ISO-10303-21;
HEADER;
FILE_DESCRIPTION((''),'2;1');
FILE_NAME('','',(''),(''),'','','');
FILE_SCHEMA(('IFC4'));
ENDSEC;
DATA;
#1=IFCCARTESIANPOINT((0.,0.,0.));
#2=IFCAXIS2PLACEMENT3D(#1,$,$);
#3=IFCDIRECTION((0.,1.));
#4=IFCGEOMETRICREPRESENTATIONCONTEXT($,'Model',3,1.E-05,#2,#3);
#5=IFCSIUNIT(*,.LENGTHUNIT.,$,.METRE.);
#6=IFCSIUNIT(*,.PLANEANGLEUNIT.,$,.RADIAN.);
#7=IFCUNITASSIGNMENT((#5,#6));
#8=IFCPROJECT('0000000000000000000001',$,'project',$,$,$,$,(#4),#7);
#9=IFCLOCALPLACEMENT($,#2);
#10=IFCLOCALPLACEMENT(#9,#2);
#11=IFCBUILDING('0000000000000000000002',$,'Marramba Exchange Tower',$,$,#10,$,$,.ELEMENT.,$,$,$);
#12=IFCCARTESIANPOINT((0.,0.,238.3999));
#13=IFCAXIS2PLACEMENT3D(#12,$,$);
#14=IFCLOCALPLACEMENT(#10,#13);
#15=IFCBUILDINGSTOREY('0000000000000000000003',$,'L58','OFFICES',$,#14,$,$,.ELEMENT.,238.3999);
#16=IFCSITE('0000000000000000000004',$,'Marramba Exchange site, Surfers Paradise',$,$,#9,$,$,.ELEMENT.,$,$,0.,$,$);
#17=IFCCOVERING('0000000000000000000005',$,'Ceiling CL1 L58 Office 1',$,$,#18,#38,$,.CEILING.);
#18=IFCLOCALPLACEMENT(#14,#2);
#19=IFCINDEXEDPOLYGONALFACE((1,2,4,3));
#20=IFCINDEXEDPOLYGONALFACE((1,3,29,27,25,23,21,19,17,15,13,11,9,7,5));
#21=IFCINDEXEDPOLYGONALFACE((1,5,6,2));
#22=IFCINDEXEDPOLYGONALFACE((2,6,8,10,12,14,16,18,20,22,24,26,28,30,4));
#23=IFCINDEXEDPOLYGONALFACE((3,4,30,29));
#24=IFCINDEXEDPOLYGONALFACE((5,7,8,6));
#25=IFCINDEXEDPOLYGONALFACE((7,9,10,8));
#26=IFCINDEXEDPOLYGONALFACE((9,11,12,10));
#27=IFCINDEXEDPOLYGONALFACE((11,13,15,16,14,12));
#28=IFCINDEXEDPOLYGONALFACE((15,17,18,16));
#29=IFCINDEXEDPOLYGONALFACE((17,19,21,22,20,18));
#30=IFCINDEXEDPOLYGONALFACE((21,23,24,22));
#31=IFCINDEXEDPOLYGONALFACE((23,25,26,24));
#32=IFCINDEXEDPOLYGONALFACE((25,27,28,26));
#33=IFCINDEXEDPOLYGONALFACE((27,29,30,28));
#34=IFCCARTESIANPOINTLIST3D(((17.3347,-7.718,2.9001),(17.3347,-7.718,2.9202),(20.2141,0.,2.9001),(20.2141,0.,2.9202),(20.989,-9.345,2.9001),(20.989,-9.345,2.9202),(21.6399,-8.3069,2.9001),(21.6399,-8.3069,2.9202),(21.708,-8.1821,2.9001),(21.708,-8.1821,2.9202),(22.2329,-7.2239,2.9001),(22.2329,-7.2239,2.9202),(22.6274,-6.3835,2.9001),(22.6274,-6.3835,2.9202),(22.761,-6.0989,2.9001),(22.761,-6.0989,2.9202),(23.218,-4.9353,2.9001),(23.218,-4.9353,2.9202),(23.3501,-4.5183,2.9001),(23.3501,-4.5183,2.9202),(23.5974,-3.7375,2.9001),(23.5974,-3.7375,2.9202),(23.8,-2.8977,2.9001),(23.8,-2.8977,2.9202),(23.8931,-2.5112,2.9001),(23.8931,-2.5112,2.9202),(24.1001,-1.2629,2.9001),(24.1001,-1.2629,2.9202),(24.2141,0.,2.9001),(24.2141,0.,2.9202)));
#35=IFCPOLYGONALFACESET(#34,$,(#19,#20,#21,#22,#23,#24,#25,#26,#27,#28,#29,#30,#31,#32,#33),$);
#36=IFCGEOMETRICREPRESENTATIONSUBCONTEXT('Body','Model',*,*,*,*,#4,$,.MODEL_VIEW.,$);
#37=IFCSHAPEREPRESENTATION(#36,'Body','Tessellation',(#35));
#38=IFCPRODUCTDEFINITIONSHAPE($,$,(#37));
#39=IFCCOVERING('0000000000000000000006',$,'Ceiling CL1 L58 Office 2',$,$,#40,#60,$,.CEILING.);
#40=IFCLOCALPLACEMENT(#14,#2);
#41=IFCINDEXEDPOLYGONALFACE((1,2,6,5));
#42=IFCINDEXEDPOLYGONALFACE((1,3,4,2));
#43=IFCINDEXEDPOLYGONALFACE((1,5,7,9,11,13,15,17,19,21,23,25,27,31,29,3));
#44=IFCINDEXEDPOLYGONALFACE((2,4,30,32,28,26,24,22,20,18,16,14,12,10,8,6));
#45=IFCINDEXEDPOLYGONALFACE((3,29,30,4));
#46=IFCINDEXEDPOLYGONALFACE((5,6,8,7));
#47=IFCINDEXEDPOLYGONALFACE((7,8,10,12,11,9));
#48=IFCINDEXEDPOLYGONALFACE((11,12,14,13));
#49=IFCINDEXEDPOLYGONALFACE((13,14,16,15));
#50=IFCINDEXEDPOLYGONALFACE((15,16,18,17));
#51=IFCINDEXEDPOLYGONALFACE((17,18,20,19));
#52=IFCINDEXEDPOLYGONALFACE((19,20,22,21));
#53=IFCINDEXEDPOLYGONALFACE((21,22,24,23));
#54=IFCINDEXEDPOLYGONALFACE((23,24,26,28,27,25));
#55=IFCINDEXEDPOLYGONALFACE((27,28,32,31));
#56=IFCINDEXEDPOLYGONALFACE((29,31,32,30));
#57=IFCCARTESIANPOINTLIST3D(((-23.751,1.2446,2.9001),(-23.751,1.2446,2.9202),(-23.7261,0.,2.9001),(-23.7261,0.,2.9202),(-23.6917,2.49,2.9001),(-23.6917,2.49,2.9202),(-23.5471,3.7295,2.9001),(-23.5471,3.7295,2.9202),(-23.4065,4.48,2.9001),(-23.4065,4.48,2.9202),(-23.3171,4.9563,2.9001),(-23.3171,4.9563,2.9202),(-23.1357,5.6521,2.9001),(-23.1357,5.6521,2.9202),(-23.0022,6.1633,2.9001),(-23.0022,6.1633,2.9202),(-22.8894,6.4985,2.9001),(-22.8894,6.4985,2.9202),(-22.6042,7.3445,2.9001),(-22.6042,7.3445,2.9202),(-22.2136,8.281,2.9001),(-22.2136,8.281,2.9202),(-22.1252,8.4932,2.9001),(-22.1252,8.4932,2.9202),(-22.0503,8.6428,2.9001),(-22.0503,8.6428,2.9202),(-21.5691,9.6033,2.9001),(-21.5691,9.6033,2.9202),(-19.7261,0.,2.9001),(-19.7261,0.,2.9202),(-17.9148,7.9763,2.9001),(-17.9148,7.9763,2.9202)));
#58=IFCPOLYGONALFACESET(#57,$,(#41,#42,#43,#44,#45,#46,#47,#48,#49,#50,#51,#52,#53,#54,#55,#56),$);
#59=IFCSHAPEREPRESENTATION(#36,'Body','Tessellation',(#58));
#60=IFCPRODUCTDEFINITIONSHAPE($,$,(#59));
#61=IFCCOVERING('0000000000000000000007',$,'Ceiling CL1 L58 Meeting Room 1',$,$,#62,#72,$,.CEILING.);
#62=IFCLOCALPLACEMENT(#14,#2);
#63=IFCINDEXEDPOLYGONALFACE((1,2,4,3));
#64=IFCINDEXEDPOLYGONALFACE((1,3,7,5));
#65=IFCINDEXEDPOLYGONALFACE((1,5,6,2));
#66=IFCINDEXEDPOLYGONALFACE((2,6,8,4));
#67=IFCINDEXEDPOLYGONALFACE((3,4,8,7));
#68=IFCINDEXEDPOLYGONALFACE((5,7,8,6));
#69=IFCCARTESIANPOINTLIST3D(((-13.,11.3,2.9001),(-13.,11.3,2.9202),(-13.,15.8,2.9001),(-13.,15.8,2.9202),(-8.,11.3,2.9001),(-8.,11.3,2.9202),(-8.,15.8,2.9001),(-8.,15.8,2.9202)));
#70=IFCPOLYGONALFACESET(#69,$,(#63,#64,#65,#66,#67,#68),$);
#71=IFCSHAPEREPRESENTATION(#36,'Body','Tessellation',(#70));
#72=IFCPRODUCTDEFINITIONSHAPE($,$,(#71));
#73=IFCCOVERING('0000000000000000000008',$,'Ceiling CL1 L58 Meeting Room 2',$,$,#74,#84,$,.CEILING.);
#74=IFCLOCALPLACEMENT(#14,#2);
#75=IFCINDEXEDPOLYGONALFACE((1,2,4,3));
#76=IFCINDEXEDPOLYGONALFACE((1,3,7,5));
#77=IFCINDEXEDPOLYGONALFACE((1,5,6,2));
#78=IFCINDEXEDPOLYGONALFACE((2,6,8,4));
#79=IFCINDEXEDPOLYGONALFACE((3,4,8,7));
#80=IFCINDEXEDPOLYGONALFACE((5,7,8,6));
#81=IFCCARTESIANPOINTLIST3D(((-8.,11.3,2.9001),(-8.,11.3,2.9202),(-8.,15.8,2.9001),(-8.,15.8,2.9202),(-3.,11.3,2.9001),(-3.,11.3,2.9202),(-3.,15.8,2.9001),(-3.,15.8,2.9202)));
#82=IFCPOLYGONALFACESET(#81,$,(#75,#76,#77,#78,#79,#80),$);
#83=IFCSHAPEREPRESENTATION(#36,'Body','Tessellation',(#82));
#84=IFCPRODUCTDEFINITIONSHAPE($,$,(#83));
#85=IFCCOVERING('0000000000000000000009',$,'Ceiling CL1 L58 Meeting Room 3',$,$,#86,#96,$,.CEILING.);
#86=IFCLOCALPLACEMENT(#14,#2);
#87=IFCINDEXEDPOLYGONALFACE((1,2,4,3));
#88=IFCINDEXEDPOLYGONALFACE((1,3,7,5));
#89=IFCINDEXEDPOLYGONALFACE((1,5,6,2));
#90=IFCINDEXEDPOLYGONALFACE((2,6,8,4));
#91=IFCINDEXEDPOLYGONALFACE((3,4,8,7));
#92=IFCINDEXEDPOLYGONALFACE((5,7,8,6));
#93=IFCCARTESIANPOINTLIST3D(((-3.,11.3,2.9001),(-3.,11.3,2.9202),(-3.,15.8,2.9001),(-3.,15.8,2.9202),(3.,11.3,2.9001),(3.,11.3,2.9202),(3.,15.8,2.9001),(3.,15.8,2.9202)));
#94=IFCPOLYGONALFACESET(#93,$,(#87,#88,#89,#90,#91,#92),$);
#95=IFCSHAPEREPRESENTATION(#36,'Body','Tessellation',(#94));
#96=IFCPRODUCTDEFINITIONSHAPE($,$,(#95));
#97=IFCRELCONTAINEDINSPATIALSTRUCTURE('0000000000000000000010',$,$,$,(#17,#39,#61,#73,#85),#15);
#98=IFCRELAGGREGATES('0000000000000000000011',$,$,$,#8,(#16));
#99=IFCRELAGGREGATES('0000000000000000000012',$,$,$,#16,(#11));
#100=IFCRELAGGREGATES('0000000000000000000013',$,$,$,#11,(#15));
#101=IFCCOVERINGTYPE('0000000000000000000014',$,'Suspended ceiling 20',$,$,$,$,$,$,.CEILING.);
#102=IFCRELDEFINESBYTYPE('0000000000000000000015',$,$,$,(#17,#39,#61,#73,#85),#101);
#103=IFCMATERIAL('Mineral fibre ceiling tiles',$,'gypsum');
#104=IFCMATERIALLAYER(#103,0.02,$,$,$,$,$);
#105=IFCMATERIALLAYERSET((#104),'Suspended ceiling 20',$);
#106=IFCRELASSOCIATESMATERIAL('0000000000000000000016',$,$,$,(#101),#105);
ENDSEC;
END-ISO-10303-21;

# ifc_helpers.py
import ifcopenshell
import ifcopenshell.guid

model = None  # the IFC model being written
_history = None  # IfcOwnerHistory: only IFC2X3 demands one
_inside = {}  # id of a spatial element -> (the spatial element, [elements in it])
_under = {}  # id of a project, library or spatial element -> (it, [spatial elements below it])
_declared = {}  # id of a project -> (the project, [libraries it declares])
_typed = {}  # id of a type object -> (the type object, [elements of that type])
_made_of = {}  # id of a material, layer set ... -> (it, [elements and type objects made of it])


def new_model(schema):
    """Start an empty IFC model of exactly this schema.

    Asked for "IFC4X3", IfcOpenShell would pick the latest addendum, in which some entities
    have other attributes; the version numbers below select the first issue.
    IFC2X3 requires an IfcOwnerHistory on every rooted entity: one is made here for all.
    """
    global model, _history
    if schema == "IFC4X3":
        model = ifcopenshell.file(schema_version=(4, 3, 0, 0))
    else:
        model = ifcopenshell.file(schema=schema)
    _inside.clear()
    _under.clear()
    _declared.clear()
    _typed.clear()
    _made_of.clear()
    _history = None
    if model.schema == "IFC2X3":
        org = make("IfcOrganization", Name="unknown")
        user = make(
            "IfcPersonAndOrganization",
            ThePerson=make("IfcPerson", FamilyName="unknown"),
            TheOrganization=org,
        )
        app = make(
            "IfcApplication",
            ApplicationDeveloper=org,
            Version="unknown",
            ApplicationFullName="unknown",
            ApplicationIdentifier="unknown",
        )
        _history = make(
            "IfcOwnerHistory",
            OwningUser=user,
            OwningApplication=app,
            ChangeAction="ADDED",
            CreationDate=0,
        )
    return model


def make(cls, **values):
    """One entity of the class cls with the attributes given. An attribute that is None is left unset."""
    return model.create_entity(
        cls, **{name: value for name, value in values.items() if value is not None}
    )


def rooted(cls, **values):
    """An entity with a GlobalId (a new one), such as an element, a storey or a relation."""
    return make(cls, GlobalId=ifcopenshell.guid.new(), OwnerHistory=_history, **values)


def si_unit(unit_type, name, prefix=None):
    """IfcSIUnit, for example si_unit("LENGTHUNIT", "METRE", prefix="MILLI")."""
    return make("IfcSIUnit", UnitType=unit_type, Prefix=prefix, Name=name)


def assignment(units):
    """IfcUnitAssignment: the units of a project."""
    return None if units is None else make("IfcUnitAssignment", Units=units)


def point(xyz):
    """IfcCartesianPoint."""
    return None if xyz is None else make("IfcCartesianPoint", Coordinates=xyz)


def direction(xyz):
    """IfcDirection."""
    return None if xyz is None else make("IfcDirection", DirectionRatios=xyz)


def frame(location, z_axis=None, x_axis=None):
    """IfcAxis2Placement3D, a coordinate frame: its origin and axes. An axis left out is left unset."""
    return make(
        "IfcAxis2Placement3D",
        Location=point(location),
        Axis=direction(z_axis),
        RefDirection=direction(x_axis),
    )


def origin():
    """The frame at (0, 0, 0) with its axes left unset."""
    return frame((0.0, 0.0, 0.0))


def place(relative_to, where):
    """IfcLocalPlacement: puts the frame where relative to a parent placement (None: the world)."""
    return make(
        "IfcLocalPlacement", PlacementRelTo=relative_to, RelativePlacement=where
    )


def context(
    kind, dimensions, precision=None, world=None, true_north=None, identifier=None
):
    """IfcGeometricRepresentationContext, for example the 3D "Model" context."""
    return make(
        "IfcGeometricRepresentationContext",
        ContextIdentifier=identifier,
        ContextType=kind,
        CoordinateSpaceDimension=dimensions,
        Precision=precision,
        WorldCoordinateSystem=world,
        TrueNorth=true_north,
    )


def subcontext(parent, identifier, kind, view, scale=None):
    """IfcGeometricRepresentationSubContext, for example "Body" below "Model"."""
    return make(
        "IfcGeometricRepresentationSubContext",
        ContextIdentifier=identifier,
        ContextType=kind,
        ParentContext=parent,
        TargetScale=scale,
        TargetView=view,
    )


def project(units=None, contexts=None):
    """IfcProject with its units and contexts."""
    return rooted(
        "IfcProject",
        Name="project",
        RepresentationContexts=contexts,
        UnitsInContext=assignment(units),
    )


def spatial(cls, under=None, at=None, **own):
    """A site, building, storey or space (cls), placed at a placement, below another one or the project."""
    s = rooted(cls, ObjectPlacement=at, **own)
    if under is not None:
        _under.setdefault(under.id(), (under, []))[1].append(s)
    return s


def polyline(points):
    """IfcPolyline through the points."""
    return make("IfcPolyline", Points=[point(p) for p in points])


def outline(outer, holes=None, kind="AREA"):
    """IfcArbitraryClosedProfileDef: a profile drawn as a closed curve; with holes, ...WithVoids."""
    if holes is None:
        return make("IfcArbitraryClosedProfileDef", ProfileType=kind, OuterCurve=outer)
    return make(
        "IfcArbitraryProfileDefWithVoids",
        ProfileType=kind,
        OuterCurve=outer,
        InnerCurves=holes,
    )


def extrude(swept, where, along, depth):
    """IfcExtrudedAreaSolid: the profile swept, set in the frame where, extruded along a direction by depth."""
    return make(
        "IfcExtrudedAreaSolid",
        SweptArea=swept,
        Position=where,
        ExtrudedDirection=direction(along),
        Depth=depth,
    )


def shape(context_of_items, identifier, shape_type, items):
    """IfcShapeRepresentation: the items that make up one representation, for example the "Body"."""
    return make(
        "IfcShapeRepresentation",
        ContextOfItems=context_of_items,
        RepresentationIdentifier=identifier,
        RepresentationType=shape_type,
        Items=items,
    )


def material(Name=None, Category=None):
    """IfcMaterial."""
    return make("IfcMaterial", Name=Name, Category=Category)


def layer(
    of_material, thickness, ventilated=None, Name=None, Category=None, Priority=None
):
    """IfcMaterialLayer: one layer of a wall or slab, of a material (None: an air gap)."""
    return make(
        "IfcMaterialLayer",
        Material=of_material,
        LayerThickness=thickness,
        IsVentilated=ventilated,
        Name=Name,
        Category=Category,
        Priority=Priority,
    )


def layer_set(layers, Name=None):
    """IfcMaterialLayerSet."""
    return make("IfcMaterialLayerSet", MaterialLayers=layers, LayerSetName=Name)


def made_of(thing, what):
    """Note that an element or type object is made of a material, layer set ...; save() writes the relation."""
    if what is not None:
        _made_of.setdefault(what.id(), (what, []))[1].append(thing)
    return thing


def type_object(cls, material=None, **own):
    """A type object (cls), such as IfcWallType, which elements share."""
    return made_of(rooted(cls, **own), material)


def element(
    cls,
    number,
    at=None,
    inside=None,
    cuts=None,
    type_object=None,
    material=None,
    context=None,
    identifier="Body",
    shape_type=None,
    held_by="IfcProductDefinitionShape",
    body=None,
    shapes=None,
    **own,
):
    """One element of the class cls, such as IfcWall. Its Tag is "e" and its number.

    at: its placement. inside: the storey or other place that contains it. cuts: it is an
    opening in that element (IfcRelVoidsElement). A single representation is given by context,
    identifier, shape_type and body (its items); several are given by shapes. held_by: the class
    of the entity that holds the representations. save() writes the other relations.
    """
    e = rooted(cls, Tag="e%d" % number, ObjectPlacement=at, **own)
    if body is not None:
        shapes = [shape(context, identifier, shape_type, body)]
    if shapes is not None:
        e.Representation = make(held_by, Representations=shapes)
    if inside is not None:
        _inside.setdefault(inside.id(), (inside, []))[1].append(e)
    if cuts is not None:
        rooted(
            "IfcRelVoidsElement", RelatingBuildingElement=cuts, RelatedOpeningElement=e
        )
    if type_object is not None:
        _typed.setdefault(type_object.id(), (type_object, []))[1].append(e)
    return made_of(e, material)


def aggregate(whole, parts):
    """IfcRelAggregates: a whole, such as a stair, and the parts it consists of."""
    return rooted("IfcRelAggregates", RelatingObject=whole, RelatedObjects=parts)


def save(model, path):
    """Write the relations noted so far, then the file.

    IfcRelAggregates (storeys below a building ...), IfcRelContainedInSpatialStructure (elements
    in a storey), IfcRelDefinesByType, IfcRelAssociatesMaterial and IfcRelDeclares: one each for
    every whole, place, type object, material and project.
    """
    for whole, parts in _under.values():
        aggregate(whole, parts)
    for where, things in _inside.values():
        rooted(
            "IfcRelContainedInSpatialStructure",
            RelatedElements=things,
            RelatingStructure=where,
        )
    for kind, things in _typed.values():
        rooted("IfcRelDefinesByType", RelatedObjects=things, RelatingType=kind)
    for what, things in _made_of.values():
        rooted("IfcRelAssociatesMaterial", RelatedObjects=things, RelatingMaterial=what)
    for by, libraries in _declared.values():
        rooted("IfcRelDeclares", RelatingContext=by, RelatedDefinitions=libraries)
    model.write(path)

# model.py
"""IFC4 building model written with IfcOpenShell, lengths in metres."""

from ifc_helpers import new_model, si_unit, direction, frame, origin, place, context, subcontext, project, spatial, polyline, outline, extrude, material, layer, layer_set, type_object, element, save


model = new_model("IFC4")

# Units and contexts
model_context = context("Model", 3, precision=1e-05, world=origin(), true_north=direction((0.0, 1.0)))
body_context = subcontext(model_context, "Body", "Model", "MODEL_VIEW")
ifc_project = project(units=[si_unit("LENGTHUNIT", "METRE"), si_unit("PLANEANGLEUNIT", "RADIAN")], contexts=[model_context])

# Site, building, storey
site_placement = place(None, origin())
site = spatial("IfcSite", under=ifc_project, at=site_placement, Name="Marramba Exchange site, Surfers Paradise", CompositionType="ELEMENT", RefElevation=0.0)
building_placement = place(site_placement, origin())
building = spatial("IfcBuilding", under=site, at=building_placement, Name="Marramba Exchange Tower", CompositionType="ELEMENT")
storey_placement = place(building_placement, frame((0.0, 0.0, 238.3999)))
storey = spatial("IfcBuildingStorey", under=building, at=storey_placement, Name="L58", Description="OFFICES", CompositionType="ELEMENT", Elevation=238.3999)

# Coverings
ifc_material_1 = material(Name="Mineral fibre ceiling tiles", Category="gypsum")
ifc_layer_1 = layer(ifc_material_1, 0.02)
ifc_layer_set_1 = layer_set([ifc_layer_1], Name="Suspended ceiling 20")
covering_type = type_object("IfcCoveringType", Name="Suspended ceiling 20", PredefinedType="CEILING", material=ifc_layer_set_1)
covering_1_placement = place(storey_placement, frame((0.0, 0.0, 2.9001)))
element("IfcCovering", 1, at=covering_1_placement, inside=storey, type_object=covering_type, Name="Ceiling CL1 L58 Office 1", PredefinedType="CEILING", context=body_context, shape_type="SweptSolid", body=[
    extrude(outline(polyline([(24.1001, -1.2629), (23.8931, -2.5112), (23.8, -2.8977), (23.5974, -3.7375), (23.3501, -4.5183), (23.218, -4.9353), (22.761, -6.0989), (22.6274, -6.3835), (22.2329, -7.2239), (21.708, -8.1821), (21.6399, -8.3069), (20.989, -9.345), (17.3347, -7.718), (20.2141, 0.0), (24.2141, 0.0), (24.1001, -1.2629)])), origin(), (0.0, 0.0, 1.0), 0.02),
])
covering_2_placement = place(storey_placement, frame((0.0, 0.0, 2.9001)))
element("IfcCovering", 2, at=covering_2_placement, inside=storey, type_object=covering_type, Name="Ceiling CL1 L58 Office 2", PredefinedType="CEILING", context=body_context, shape_type="SweptSolid", body=[
    extrude(outline(polyline([(-23.751, 1.2446), (-23.6917, 2.49), (-23.5471, 3.7295), (-23.4065, 4.48), (-23.3171, 4.9563), (-23.1357, 5.6521), (-23.0022, 6.1633), (-22.8894, 6.4985), (-22.6042, 7.3445), (-22.2136, 8.281), (-22.1252, 8.4932), (-22.0503, 8.6428), (-21.5691, 9.6033), (-17.9148, 7.9763), (-19.7261, 0.0), (-23.7261, 0.0), (-23.751, 1.2446)])), origin(), (0.0, 0.0, 1.0), 0.02),
])
covering_3_placement = place(storey_placement, frame((0.0, 0.0, 2.9001)))
element("IfcCovering", 3, at=covering_3_placement, inside=storey, type_object=covering_type, Name="Ceiling CL1 L58 Meeting Room 1", PredefinedType="CEILING", context=body_context, shape_type="SweptSolid", body=[
    extrude(outline(polyline([(-8.0, 11.3), (-13.0, 11.3), (-13.0, 15.8), (-8.0, 15.8), (-8.0, 11.3)])), origin(), (0.0, 0.0, 1.0), 0.02),
])
covering_4_placement = place(storey_placement, frame((0.0, 0.0, 2.9001)))
element("IfcCovering", 4, at=covering_4_placement, inside=storey, type_object=covering_type, Name="Ceiling CL1 L58 Meeting Room 2", PredefinedType="CEILING", context=body_context, shape_type="SweptSolid", body=[
    extrude(outline(polyline([(-3.0, 11.3), (-8.0, 11.3), (-8.0, 15.8), (-3.0, 15.8), (-3.0, 11.3)])), origin(), (0.0, 0.0, 1.0), 0.02),
])
covering_5_placement = place(storey_placement, frame((0.0, 0.0, 2.9001)))
element("IfcCovering", 5, at=covering_5_placement, inside=storey, type_object=covering_type, Name="Ceiling CL1 L58 Meeting Room 3", PredefinedType="CEILING", context=body_context, shape_type="SweptSolid", body=[
    extrude(outline(polyline([(3.0, 15.8), (3.0, 11.3), (-3.0, 11.3), (-3.0, 15.8), (3.0, 15.8)])), origin(), (0.0, 0.0, 1.0), 0.02),
])

save(model, "model.ifc")
